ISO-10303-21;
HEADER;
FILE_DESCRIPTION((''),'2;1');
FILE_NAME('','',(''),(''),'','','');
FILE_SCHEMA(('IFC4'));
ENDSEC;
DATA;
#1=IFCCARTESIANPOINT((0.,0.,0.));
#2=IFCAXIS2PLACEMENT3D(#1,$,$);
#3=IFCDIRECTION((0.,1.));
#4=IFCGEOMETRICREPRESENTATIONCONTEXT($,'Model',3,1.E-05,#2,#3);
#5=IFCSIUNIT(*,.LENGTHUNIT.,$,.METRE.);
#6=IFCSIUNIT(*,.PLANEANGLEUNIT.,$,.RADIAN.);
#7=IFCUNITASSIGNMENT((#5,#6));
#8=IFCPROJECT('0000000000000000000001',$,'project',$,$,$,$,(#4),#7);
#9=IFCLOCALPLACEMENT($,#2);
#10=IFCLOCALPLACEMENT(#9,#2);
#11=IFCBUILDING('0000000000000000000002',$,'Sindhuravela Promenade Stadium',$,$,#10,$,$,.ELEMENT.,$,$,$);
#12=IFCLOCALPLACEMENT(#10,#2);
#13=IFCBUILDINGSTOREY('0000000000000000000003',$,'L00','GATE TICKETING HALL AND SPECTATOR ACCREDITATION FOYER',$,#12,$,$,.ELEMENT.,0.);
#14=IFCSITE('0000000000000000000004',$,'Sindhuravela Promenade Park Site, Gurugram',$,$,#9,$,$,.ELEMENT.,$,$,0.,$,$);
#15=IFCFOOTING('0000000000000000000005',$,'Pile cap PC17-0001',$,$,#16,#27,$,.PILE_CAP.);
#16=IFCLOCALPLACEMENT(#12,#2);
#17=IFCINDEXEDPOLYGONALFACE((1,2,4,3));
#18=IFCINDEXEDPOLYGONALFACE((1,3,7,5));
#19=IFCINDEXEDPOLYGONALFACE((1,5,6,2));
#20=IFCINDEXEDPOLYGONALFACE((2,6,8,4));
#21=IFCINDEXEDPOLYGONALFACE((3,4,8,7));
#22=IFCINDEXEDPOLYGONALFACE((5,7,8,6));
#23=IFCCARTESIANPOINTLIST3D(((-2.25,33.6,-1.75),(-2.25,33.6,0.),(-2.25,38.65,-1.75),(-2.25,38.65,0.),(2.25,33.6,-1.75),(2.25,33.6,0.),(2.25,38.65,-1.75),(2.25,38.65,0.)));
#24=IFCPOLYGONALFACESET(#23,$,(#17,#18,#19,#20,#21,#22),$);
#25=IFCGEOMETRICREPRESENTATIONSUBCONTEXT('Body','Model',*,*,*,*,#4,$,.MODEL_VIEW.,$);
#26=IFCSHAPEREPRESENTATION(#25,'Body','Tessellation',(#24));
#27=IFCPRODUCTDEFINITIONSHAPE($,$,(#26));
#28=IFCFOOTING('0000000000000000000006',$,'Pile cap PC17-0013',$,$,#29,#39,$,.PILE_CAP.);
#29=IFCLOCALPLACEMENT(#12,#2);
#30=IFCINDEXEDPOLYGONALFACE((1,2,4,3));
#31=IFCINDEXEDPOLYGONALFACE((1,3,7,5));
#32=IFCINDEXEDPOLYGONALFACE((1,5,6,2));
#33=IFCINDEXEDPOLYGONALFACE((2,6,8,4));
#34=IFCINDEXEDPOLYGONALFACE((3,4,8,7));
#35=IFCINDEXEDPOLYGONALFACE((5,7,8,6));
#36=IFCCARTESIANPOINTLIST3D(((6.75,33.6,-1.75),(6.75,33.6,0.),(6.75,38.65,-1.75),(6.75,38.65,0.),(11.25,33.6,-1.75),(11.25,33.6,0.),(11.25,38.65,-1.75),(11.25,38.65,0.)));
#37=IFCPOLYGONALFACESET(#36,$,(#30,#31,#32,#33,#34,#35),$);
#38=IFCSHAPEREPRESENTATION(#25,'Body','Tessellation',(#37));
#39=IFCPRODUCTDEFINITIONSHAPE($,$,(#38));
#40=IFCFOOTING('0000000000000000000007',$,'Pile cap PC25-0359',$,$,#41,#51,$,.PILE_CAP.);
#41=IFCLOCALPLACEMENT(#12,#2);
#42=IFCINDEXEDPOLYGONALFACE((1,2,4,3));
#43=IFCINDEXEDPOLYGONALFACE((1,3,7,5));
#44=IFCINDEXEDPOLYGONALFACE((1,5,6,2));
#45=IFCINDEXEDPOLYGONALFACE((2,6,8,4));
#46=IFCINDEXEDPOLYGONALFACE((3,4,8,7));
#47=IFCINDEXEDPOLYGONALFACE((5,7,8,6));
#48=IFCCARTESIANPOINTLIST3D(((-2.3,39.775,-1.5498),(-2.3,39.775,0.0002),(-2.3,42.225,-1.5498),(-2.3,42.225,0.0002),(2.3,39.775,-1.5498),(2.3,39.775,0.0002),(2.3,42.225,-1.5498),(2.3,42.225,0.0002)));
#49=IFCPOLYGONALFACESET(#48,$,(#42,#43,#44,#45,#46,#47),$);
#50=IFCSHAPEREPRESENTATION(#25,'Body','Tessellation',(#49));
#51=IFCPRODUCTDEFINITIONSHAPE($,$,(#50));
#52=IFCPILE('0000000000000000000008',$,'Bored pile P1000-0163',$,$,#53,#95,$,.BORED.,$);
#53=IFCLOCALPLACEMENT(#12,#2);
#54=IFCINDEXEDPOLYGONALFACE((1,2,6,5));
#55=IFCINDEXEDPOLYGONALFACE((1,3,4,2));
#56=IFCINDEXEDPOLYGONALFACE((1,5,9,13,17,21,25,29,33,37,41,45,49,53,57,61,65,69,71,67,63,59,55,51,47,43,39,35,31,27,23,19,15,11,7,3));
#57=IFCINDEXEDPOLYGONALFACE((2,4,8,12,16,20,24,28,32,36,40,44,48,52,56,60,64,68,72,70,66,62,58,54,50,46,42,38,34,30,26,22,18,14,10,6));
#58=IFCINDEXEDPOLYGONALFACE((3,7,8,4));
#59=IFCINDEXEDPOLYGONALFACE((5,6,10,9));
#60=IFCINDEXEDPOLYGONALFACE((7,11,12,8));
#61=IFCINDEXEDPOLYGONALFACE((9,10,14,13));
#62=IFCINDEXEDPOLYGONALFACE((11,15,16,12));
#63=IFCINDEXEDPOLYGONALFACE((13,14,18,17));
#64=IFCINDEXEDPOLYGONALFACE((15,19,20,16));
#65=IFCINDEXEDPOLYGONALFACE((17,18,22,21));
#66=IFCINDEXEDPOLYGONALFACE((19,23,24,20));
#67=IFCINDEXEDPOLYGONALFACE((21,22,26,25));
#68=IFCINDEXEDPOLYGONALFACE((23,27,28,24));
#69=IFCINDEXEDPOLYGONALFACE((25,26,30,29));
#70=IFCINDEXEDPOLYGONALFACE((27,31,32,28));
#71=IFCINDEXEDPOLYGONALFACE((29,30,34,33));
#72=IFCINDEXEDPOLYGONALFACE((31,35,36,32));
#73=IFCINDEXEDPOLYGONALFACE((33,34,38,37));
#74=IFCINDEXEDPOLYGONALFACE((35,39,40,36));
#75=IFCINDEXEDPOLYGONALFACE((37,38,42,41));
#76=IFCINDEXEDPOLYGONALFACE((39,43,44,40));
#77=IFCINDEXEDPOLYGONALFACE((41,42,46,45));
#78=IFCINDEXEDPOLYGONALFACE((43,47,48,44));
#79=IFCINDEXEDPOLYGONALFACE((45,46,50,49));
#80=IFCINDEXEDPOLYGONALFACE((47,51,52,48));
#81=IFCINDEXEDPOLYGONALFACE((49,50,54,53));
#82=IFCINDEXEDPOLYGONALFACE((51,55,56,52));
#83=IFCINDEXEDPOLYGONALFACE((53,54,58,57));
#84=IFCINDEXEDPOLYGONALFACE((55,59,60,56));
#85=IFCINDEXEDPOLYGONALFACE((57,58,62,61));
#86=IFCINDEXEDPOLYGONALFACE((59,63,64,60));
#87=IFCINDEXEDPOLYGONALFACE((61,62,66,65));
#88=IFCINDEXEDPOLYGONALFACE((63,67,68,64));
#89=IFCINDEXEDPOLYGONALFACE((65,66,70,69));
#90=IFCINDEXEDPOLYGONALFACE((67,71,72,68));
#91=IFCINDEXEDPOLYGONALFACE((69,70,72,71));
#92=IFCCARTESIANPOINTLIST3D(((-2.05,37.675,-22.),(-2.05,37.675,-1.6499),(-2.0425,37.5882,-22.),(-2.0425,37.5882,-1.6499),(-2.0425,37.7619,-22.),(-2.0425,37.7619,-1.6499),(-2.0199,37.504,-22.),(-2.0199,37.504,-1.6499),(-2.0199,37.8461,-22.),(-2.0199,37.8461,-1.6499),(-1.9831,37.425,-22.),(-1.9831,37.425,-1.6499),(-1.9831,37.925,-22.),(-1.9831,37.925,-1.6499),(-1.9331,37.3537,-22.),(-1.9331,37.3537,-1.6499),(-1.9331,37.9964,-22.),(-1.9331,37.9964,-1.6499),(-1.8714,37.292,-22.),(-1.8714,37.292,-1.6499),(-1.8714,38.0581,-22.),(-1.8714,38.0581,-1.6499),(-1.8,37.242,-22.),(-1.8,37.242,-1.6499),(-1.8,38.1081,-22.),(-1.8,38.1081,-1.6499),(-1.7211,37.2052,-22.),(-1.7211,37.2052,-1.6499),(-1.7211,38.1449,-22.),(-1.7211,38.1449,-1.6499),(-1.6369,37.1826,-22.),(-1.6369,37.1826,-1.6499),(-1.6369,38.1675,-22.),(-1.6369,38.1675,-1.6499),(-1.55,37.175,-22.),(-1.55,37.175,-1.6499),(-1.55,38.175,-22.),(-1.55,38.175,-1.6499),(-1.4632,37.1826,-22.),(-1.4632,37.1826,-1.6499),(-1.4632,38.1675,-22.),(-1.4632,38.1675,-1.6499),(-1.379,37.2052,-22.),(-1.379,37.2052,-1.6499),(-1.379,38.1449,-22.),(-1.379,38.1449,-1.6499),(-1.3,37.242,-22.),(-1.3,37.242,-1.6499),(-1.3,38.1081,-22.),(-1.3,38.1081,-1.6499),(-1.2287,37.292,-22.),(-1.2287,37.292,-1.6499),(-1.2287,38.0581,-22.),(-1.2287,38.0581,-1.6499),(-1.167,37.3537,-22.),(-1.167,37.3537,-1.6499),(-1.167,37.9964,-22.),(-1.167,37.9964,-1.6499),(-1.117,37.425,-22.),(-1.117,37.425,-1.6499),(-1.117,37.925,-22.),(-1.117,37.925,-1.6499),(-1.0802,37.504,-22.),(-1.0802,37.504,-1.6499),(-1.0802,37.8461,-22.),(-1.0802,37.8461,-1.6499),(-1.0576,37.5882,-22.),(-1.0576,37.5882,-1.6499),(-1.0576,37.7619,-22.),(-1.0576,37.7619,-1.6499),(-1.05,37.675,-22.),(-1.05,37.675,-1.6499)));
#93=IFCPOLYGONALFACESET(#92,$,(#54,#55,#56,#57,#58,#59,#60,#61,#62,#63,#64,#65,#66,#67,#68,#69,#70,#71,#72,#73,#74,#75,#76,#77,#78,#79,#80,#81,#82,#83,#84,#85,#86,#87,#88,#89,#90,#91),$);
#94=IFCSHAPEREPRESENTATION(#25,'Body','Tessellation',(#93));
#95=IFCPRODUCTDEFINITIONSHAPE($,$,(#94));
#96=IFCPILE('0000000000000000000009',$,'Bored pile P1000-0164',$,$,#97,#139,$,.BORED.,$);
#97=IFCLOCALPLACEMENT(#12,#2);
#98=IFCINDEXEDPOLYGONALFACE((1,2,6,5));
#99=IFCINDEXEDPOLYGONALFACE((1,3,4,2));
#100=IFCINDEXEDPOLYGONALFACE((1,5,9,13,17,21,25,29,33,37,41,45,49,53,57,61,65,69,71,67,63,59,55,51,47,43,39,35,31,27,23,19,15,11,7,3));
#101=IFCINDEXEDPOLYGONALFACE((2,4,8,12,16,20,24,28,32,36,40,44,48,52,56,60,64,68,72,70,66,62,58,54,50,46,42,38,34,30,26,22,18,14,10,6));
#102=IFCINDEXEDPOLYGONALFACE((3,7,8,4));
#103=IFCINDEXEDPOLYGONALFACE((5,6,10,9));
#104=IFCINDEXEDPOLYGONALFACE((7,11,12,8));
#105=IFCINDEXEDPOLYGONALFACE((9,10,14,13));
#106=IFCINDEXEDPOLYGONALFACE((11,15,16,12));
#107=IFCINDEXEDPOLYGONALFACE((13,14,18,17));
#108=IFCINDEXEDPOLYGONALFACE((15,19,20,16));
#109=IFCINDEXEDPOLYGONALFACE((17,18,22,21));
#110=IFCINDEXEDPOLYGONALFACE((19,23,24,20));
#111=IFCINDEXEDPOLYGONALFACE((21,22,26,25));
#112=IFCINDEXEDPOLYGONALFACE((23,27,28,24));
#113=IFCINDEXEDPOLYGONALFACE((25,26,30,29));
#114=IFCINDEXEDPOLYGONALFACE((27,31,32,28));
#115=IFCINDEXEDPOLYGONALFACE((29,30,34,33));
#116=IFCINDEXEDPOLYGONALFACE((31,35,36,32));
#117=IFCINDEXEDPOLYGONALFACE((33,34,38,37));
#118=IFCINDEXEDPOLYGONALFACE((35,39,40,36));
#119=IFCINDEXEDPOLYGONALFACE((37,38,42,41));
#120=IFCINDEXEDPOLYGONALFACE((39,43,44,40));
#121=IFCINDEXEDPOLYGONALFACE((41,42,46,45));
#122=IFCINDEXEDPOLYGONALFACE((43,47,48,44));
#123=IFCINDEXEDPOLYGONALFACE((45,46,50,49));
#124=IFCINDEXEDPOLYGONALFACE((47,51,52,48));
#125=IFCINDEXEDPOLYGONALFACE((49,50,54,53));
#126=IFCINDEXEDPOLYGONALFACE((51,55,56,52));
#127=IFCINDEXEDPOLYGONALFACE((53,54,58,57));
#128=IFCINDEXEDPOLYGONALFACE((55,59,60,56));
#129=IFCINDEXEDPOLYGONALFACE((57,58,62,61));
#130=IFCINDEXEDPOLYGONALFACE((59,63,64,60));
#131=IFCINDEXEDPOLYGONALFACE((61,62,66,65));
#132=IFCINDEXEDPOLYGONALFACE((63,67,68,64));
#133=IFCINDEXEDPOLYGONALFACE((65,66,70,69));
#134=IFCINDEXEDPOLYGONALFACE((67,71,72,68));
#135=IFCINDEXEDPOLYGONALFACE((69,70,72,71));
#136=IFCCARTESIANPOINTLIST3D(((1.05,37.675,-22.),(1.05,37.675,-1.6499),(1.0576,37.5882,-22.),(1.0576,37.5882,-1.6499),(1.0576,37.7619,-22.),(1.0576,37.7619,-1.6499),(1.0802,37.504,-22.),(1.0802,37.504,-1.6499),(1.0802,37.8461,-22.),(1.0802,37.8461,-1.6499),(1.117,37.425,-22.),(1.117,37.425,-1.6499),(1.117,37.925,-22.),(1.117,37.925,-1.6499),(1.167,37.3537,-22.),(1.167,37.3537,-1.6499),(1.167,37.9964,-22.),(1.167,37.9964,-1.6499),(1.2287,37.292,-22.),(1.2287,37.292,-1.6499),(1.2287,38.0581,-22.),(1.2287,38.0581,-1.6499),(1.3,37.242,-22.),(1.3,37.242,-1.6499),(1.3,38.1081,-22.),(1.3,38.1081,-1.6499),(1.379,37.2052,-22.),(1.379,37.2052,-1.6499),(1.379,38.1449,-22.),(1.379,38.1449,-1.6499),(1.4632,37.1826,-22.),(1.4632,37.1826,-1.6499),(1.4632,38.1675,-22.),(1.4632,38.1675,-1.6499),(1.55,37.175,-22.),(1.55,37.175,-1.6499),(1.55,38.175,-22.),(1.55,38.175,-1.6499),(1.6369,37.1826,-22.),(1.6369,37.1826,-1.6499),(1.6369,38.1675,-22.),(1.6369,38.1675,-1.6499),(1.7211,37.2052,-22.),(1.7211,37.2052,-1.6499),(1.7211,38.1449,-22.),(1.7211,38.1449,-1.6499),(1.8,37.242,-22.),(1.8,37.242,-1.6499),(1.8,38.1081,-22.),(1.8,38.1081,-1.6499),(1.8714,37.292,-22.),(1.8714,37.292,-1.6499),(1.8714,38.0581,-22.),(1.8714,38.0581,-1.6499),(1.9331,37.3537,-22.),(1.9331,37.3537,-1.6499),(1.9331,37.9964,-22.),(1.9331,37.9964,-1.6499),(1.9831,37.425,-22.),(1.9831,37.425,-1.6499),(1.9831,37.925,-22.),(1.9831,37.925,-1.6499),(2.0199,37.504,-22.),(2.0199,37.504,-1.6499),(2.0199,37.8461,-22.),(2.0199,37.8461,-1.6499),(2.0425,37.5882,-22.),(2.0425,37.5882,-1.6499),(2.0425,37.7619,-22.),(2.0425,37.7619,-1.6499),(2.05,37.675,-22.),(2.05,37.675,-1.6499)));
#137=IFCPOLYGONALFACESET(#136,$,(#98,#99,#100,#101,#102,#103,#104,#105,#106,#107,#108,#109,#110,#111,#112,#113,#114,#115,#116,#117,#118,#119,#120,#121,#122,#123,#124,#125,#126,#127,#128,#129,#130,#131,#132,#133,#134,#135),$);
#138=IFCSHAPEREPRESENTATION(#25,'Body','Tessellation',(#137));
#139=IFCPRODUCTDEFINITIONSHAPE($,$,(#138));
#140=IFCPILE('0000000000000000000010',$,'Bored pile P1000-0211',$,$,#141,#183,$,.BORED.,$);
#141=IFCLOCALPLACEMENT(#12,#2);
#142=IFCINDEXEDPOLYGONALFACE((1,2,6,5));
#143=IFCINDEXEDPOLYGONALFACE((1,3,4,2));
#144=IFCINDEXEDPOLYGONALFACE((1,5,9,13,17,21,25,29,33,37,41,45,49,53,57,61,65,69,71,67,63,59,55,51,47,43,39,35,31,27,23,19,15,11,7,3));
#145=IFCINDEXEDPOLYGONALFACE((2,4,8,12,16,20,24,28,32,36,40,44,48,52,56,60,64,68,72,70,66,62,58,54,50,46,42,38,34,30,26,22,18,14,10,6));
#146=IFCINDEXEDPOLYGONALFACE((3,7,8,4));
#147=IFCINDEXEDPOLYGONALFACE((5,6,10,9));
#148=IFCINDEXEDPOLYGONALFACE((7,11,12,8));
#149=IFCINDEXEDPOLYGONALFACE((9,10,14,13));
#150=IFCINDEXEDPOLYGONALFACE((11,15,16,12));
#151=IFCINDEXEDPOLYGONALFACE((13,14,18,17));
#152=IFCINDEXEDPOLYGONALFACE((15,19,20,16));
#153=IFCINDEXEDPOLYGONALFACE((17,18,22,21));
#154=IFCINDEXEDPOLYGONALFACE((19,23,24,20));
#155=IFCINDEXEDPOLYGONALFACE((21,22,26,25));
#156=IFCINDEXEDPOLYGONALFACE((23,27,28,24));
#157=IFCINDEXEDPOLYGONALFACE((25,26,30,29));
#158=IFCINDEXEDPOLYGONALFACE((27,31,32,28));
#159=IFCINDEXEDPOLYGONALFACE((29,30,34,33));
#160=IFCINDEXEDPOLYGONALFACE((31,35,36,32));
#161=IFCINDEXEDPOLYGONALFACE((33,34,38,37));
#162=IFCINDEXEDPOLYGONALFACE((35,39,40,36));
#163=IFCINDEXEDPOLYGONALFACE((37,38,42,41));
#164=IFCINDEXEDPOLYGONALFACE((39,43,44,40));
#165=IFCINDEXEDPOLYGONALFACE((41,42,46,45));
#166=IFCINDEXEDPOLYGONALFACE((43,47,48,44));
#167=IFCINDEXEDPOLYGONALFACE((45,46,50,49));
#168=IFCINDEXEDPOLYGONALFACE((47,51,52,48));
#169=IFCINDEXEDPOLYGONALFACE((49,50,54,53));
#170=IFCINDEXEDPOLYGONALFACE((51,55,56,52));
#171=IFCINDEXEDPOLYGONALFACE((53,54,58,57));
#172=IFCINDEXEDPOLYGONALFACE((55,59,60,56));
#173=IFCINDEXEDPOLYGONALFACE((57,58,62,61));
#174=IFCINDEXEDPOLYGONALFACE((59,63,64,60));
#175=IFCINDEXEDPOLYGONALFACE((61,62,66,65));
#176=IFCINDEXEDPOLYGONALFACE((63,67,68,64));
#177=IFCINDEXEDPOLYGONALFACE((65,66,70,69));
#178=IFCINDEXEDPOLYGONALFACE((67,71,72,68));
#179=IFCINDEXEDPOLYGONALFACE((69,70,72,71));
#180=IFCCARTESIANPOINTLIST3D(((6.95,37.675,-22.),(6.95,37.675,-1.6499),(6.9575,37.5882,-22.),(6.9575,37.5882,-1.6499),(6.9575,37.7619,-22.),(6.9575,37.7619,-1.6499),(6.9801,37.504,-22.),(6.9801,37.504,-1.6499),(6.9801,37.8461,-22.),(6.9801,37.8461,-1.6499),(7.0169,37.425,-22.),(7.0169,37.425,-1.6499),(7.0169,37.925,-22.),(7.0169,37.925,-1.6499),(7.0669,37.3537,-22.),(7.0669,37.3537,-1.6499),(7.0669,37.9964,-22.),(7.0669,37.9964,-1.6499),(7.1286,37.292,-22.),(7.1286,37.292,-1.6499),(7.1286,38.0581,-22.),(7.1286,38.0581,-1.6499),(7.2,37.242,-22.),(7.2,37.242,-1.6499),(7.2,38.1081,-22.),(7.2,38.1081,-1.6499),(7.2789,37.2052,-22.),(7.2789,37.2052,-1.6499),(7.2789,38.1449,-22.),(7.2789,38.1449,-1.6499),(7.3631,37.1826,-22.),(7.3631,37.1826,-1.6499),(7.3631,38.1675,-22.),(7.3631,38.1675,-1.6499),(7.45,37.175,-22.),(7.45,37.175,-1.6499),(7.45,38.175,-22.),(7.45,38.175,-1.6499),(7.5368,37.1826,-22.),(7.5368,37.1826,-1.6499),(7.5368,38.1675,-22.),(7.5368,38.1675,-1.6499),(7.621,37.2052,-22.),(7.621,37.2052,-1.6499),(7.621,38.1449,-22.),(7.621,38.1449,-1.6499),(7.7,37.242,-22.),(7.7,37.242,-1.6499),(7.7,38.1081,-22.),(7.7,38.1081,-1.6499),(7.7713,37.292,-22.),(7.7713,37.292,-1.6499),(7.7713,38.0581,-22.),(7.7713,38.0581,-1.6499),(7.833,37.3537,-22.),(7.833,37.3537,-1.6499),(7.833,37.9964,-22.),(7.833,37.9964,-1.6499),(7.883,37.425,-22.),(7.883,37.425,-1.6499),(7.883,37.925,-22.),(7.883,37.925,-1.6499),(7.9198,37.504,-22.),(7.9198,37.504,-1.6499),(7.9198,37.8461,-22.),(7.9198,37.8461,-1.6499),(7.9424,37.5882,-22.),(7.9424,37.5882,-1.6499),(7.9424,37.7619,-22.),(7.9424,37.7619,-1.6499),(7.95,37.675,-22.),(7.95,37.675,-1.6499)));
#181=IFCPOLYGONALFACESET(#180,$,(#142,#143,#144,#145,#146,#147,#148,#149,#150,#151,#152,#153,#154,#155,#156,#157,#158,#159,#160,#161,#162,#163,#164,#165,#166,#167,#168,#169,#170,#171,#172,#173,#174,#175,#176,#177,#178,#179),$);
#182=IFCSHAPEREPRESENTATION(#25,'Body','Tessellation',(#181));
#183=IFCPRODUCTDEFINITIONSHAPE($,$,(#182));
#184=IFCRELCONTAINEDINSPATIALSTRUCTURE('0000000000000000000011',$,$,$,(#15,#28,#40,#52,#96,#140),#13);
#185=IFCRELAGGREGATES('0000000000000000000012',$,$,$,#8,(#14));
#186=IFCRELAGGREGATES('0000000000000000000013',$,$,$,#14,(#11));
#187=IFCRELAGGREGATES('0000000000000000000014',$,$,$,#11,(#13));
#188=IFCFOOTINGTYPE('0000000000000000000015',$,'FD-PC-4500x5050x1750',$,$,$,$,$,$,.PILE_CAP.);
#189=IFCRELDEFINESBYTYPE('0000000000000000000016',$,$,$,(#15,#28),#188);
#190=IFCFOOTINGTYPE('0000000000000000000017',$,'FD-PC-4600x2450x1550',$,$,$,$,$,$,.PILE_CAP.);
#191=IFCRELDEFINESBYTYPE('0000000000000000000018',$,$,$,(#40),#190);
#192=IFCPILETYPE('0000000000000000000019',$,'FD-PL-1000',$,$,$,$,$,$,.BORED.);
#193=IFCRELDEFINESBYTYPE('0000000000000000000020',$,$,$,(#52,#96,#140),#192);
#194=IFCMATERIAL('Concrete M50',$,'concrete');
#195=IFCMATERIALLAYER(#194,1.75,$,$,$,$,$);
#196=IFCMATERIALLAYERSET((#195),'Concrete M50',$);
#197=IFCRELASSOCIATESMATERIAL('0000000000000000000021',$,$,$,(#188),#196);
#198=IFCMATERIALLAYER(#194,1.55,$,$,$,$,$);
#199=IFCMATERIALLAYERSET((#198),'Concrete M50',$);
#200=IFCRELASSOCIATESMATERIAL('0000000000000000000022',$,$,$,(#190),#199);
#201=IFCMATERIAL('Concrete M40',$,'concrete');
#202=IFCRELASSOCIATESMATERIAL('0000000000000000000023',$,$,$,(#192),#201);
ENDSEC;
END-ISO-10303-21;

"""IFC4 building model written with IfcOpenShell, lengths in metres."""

from ifc_helpers import new_model, si_unit, direction, frame, origin, origin_2d, place, context, subcontext, project, spatial, rectangle, circle, extrude, material, layer, layer_set, material_profile, profile_set, type_object, element, save


model = new_model("IFC4")

# Units and contexts
model_context = context("Model", 3, precision=1e-05, world=origin(), true_north=direction((0.0, 1.0)))
body_context = subcontext(model_context, "Body", "Model", "MODEL_VIEW")
ifc_project = project(units=[si_unit("LENGTHUNIT", "METRE"), si_unit("PLANEANGLEUNIT", "RADIAN")], contexts=[model_context])

# Site, building, storey
site_placement = place(None, origin())
site = spatial("IfcSite", under=ifc_project, at=site_placement, Name="Sindhuravela Promenade Park Site, Gurugram", CompositionType="ELEMENT", RefElevation=0.0)
building_placement = place(site_placement, origin())
building = spatial("IfcBuilding", under=site, at=building_placement, Name="Sindhuravela Promenade Stadium", CompositionType="ELEMENT")
storey_placement = place(building_placement, origin())
storey = spatial("IfcBuildingStorey", under=building, at=storey_placement, Name="L00", Description="GATE TICKETING HALL AND SPECTATOR ACCREDITATION FOYER", CompositionType="ELEMENT", Elevation=0.0)

# Footings
ifc_material_1 = material(Name="Concrete M50", Category="concrete")
ifc_layer_1 = layer(ifc_material_1, 1.75)
ifc_layer_set_1 = layer_set([ifc_layer_1], Name="Concrete M50")
footing_type_1 = type_object("IfcFootingType", Name="FD-PC-4500x5050x1750", PredefinedType="PILE_CAP", material=ifc_layer_set_1)
for number, where, z_axis, x_axis, name in (
    (1, (0.0, 36.125, -1.75), (0.0, 0.0, 1.0), (1.0, 0.0, 0.0), "Pile cap PC17-0001"),
    (2, (9.0, 36.125, -1.75), (0.0, 0.0, 1.0), (1.0, 0.0, 0.0), "Pile cap PC17-0013"),
):
    element("IfcFooting", number, at=place(storey_placement, frame(where, z_axis=z_axis, x_axis=x_axis)), inside=storey, type_object=footing_type_1, Name=name, PredefinedType="PILE_CAP", context=body_context, shape_type="SweptSolid", body=[
        extrude(rectangle(XDim=4.5, YDim=5.05, at=origin_2d()), origin(), (0.0, 0.0, 1.0), 1.75),
    ])
ifc_layer_2 = layer(ifc_material_1, 1.55)
ifc_layer_set_2 = layer_set([ifc_layer_2], Name="Concrete M50")
footing_type_2 = type_object("IfcFootingType", Name="FD-PC-4600x2450x1550", PredefinedType="PILE_CAP", material=ifc_layer_set_2)
footing_placement = place(storey_placement, frame((0.0, 41.0, -1.5498), z_axis=(0.0, 0.0, 1.0), x_axis=(1.0, 0.0, 0.0)))
element("IfcFooting", 3, at=footing_placement, inside=storey, type_object=footing_type_2, Name="Pile cap PC25-0359", PredefinedType="PILE_CAP", context=body_context, shape_type="SweptSolid", body=[
    extrude(rectangle(XDim=4.6001, YDim=2.45, at=origin_2d()), origin(), (0.0, 0.0, 1.0), 1.55),
])

# Piles
ifc_material_2 = material(Name="Concrete M40", Category="concrete")
ifc_material_profile_1 = material_profile(ifc_material_2, circle(Radius=0.5, at=origin_2d()), Name="BORED PILE D1000")
ifc_profile_set_1 = profile_set([ifc_material_profile_1], Name="Concrete M40")
pile_type_1 = type_object("IfcPileType", Name="FD-PL-1000", PredefinedType="BORED", material=ifc_profile_set_1)
for number, where, z_axis, x_axis, name in (
    (4, (-1.55, 37.675, -1.6499), (0.0, 0.0, -1.0), (1.0, 0.0, 0.0), "Bored pile P1000-0163"),
    (5, (1.55, 37.675, -1.6499), (0.0, 0.0, -1.0), (1.0, 0.0, 0.0), "Bored pile P1000-0164"),
    (6, (7.45, 37.675, -1.6499), (0.0, 0.0, -1.0), (1.0, 0.0, 0.0), "Bored pile P1000-0211"),
):
    element("IfcPile", number, at=place(storey_placement, frame(where, z_axis=z_axis, x_axis=x_axis)), inside=storey, type_object=pile_type_1, Name=name, PredefinedType="BORED", context=body_context, shape_type="SweptSolid", body=[
        extrude(circle(Radius=0.5, at=origin_2d()), origin(), (0.0, 0.0, 1.0), 20.3501),
    ])

save(model, "model.ifc")
